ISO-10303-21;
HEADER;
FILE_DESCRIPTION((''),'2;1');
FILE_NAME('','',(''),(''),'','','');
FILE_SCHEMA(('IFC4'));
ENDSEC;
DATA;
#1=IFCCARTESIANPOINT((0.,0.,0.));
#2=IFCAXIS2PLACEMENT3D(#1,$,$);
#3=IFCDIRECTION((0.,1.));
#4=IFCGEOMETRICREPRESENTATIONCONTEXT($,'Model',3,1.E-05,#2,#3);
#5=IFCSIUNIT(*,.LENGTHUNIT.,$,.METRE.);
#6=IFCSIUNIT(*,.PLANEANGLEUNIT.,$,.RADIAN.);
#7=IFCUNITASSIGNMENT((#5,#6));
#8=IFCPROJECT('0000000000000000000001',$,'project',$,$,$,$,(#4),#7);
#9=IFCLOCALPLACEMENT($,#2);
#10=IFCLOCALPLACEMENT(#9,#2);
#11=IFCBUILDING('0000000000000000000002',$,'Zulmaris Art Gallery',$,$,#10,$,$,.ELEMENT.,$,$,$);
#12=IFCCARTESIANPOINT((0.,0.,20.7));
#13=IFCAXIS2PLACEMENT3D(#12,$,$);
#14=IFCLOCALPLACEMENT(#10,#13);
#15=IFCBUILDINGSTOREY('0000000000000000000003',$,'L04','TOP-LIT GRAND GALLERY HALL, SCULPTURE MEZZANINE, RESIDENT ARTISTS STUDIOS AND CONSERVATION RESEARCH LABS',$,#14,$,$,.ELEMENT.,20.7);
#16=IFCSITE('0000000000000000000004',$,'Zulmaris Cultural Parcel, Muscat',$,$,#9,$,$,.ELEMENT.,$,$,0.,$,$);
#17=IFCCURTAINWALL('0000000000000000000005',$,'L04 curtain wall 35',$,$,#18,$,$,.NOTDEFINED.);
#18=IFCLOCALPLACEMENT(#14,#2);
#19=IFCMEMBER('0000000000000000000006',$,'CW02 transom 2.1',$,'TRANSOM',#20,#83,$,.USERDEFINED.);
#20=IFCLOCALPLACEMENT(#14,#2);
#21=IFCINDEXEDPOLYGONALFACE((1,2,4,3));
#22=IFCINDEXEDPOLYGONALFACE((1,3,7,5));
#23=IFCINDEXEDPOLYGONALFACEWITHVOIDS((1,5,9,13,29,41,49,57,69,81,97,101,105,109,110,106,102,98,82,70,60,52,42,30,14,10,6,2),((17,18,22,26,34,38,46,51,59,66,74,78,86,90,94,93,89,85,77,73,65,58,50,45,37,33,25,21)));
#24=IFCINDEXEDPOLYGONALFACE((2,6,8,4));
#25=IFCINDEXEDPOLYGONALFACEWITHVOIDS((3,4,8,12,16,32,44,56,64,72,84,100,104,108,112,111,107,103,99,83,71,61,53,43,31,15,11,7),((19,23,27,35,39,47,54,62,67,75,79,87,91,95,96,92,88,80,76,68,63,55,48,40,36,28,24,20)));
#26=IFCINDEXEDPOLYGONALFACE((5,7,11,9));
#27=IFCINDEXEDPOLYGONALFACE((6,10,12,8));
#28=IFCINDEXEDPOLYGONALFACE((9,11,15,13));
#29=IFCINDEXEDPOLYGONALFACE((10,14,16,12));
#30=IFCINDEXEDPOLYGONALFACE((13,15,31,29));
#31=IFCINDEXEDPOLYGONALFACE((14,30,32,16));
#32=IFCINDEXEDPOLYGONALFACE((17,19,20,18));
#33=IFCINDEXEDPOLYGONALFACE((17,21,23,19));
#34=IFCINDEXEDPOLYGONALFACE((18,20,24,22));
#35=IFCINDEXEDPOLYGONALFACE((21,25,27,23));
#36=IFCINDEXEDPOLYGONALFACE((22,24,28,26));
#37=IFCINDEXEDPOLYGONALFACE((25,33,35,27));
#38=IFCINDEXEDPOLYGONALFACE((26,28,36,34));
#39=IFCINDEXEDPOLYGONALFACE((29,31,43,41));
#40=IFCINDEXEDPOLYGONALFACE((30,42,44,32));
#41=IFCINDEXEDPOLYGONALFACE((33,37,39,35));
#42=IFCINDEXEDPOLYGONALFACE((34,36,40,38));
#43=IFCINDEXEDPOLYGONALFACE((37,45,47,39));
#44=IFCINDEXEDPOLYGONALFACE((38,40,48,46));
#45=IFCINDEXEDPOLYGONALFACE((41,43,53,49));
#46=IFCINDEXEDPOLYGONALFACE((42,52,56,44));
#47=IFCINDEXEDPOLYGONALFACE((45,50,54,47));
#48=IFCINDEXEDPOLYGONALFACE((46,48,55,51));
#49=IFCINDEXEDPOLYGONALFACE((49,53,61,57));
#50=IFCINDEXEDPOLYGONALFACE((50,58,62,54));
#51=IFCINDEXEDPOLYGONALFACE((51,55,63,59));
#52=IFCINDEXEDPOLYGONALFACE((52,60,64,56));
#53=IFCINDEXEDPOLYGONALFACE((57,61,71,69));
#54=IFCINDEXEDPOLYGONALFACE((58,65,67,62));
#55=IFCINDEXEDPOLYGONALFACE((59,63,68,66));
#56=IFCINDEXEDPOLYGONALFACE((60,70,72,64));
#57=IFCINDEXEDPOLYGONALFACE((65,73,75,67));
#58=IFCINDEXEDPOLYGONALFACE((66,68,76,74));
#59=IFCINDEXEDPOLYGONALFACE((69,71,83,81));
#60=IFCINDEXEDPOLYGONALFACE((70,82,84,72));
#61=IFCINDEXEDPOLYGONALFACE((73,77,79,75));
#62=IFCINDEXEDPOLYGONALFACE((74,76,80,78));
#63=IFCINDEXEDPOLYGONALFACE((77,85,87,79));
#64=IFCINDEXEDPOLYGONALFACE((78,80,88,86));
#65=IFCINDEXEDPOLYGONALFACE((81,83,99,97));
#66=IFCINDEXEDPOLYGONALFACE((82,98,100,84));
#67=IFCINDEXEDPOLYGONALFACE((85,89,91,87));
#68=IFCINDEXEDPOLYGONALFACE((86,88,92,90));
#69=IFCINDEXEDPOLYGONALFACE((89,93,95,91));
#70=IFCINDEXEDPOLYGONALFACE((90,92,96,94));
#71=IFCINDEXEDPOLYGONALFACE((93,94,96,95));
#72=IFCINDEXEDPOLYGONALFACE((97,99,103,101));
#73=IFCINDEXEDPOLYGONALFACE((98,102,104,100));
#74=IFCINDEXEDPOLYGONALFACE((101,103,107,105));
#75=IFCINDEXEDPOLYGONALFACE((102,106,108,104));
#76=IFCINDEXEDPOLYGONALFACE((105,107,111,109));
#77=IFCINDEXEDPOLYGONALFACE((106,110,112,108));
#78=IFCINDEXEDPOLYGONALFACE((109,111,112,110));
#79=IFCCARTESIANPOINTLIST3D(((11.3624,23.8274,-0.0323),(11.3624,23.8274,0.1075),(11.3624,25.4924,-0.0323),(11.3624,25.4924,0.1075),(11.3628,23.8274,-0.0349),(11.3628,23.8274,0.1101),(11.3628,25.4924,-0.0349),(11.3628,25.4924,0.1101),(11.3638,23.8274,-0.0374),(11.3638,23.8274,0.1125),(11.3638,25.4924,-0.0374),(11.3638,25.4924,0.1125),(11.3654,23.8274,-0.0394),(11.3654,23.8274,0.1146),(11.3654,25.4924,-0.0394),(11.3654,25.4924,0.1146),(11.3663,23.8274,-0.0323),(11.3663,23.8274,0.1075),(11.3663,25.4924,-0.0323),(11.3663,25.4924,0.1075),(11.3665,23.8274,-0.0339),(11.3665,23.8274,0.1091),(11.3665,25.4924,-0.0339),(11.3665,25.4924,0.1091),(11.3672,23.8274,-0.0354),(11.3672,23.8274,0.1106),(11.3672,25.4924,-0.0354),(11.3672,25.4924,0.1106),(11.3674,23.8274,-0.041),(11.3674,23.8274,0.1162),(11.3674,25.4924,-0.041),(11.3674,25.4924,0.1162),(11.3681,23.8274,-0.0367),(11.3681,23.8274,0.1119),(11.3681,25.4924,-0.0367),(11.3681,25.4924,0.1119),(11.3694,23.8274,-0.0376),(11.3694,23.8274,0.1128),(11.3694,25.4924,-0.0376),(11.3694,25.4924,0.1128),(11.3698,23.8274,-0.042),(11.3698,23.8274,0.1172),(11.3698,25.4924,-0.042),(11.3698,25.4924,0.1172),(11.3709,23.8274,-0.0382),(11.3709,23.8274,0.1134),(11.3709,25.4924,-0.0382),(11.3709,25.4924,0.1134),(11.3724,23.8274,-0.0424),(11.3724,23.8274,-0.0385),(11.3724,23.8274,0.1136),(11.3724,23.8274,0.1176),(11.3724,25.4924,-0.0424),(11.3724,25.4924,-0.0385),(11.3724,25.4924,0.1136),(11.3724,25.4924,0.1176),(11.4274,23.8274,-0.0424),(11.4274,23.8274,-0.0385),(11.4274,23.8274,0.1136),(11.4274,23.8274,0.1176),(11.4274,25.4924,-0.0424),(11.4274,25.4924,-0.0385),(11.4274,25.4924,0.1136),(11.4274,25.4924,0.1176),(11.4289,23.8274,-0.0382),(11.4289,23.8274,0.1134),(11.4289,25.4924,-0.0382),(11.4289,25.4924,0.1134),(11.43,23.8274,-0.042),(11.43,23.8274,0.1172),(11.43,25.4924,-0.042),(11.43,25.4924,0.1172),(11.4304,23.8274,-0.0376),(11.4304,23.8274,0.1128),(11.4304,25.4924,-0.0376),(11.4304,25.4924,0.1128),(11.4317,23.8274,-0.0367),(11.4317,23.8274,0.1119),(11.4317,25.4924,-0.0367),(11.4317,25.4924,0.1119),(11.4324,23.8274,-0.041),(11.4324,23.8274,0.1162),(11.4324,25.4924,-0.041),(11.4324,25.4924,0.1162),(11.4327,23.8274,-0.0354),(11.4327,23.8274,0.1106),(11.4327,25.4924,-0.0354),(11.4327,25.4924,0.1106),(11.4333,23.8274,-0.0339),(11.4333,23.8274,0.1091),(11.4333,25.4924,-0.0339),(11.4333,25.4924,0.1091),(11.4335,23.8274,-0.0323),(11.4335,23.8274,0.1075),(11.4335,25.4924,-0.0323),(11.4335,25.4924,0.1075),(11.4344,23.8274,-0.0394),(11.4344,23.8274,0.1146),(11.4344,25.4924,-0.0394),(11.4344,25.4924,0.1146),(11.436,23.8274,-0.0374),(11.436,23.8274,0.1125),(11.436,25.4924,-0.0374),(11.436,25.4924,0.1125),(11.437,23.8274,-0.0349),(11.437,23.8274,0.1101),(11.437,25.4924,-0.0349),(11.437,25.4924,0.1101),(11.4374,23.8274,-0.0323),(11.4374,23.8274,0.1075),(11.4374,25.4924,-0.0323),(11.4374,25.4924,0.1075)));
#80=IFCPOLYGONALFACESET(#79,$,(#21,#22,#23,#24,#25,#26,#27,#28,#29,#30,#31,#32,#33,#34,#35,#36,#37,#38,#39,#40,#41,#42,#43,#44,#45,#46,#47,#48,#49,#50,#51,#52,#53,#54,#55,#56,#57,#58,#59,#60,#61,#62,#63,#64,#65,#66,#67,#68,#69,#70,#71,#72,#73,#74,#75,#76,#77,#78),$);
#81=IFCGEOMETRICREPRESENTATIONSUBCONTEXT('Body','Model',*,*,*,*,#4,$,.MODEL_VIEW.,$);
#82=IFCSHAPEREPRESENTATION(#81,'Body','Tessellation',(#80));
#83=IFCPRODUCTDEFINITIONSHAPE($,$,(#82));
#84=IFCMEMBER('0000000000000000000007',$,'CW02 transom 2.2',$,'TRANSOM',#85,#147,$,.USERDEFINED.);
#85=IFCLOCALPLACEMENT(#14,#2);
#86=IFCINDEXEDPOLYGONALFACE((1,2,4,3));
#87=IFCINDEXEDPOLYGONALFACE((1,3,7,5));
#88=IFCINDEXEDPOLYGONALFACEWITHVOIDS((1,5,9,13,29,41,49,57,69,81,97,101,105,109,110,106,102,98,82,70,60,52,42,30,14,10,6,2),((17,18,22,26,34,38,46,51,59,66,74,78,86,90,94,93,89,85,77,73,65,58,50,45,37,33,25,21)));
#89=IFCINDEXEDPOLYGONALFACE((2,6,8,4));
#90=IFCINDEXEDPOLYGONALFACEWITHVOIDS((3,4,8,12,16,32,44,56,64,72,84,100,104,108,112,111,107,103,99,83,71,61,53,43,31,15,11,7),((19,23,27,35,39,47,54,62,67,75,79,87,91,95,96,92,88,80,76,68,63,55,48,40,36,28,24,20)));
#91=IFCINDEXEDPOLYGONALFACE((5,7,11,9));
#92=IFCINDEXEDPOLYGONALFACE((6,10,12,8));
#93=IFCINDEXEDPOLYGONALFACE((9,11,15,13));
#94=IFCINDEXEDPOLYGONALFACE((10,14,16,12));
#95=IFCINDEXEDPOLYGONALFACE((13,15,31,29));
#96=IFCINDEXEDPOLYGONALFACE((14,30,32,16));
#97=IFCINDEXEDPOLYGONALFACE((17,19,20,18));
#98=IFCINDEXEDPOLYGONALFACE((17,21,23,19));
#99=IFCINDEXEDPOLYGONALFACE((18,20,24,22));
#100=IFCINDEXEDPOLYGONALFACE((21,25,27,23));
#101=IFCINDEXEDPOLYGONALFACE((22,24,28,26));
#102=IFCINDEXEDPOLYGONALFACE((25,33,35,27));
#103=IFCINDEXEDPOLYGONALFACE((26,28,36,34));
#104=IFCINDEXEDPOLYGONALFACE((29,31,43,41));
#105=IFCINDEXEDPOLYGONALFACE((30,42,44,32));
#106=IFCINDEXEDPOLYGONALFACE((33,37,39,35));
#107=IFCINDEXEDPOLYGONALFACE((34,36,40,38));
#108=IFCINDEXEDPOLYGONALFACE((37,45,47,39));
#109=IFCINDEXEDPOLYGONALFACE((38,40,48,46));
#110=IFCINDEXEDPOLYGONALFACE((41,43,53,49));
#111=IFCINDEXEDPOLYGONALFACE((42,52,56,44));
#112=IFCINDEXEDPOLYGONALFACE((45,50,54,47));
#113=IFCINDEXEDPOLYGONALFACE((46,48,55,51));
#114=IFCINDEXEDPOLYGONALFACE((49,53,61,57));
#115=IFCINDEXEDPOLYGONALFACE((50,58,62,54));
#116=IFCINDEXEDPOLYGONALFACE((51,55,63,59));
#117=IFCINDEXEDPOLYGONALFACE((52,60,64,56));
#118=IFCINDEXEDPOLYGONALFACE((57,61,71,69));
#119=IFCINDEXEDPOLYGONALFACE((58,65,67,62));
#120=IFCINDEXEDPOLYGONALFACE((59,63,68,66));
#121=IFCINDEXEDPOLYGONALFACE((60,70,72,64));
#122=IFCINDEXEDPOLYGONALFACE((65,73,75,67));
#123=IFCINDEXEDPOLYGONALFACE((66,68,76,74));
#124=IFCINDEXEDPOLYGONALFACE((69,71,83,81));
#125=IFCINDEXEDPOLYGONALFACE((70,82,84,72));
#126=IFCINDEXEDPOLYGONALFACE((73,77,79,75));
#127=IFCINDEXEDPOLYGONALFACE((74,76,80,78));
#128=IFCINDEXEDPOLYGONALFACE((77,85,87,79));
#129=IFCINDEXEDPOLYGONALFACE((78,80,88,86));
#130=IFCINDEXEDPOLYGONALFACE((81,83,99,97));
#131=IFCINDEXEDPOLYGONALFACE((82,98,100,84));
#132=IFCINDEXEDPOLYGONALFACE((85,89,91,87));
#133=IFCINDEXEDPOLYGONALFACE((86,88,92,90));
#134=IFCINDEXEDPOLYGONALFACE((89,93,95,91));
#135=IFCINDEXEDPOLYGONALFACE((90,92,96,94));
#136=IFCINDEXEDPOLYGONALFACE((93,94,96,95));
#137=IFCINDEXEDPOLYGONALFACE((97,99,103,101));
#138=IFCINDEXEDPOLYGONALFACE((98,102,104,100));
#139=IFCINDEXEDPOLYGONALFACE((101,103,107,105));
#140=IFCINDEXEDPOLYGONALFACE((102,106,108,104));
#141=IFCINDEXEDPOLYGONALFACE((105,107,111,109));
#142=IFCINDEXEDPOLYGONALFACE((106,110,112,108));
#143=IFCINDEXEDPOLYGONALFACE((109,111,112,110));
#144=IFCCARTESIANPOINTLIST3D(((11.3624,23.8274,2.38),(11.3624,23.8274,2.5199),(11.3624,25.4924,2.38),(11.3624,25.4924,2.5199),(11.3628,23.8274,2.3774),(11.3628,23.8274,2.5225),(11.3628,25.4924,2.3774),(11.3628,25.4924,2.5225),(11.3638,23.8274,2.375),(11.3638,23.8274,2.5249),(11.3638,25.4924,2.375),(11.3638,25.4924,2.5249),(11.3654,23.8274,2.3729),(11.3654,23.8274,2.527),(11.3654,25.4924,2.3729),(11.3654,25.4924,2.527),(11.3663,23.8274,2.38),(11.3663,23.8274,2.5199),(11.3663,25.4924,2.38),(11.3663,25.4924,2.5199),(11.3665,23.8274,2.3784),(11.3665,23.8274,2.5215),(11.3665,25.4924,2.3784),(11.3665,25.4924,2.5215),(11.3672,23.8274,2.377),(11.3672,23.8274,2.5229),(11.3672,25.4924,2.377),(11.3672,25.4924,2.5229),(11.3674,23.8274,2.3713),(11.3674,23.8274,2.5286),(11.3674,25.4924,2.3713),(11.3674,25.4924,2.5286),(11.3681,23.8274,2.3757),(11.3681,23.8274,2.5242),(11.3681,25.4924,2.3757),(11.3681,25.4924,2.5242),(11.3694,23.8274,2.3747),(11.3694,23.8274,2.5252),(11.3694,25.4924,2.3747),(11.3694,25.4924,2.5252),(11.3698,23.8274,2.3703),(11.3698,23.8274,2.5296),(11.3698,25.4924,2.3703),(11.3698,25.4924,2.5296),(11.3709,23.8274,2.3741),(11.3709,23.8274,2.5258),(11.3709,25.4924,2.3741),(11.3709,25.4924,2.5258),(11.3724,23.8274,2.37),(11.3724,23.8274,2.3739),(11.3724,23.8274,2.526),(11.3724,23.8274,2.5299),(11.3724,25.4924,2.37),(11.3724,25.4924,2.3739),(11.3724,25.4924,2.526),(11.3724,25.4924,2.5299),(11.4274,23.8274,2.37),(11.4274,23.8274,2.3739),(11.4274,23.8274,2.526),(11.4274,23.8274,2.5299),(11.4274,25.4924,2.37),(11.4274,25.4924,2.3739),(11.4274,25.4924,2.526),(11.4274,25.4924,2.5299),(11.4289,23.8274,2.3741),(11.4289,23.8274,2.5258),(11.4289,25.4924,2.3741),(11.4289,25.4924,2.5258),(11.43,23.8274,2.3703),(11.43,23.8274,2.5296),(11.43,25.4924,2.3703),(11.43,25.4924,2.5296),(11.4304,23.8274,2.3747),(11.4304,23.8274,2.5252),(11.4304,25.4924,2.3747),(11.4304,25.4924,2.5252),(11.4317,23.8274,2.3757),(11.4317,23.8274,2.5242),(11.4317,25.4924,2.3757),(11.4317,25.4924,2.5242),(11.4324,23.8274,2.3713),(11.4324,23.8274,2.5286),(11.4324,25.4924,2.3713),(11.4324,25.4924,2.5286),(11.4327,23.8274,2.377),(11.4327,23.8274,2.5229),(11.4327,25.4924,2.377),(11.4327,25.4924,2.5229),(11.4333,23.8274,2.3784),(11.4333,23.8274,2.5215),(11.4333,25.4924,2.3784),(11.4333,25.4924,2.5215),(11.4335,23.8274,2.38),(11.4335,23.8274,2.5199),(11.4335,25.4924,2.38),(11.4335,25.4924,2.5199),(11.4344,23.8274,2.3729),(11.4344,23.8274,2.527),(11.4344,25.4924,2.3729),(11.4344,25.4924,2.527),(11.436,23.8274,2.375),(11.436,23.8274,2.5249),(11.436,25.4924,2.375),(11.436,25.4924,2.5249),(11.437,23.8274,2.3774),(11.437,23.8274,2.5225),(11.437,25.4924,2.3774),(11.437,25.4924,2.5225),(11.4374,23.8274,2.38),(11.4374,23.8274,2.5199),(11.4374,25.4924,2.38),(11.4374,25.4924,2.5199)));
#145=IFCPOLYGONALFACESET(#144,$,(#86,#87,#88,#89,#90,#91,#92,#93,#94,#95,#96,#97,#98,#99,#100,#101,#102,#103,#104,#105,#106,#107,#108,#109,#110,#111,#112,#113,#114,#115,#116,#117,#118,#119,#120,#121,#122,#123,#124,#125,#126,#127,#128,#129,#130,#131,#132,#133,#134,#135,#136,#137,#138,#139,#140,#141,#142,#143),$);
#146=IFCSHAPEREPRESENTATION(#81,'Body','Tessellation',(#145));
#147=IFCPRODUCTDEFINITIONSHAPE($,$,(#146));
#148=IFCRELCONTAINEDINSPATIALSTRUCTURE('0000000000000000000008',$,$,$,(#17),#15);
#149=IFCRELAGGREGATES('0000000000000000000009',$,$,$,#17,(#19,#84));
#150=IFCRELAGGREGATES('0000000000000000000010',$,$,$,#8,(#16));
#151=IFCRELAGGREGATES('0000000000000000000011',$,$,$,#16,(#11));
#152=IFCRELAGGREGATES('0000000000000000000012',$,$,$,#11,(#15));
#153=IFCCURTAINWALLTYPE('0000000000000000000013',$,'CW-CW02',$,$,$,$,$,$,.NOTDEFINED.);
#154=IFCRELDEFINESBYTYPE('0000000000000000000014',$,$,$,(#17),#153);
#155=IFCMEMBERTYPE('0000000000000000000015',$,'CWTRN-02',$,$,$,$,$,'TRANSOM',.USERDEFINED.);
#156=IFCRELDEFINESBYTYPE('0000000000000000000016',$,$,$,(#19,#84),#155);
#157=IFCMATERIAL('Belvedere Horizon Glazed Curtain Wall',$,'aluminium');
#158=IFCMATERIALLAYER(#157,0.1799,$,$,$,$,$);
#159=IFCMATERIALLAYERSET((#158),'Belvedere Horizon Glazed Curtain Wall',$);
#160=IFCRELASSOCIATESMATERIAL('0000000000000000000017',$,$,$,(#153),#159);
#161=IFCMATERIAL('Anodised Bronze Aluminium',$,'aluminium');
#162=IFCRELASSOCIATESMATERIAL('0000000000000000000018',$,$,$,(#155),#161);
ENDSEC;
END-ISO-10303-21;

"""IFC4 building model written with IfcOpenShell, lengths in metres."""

from ifc_helpers import new_model, si_unit, direction, frame, origin, origin_2d, place, context, subcontext, project, spatial, hollow_rectangle, extrude, material, layer, layer_set, material_profile, profile_set, type_object, element, aggregate, save


model = new_model("IFC4")

# Units and contexts
model_context = context("Model", 3, precision=1e-05, world=origin(), true_north=direction((0.0, 1.0)))
body_context = subcontext(model_context, "Body", "Model", "MODEL_VIEW")
ifc_project = project(units=[si_unit("LENGTHUNIT", "METRE"), si_unit("PLANEANGLEUNIT", "RADIAN")], contexts=[model_context])

# Site, building, storey
site_placement = place(None, origin())
site = spatial("IfcSite", under=ifc_project, at=site_placement, Name="Zulmaris Cultural Parcel, Muscat", CompositionType="ELEMENT", RefElevation=0.0)
building_placement = place(site_placement, origin())
building = spatial("IfcBuilding", under=site, at=building_placement, Name="Zulmaris Art Gallery", CompositionType="ELEMENT")
storey_placement = place(building_placement, frame((0.0, 0.0, 20.7)))
storey = spatial("IfcBuildingStorey", under=building, at=storey_placement, Name="L04", Description="TOP-LIT GRAND GALLERY HALL, SCULPTURE MEZZANINE, RESIDENT ARTISTS STUDIOS AND CONSERVATION RESEARCH LABS", CompositionType="ELEMENT", Elevation=20.7)

# Curtain wall, members
ifc_material_1 = material(Name="Belvedere Horizon Glazed Curtain Wall", Category="aluminium")
ifc_layer_1 = layer(ifc_material_1, 0.1799)
ifc_layer_set_1 = layer_set([ifc_layer_1], Name="Belvedere Horizon Glazed Curtain Wall")
curtain_wall_type = type_object("IfcCurtainWallType", Name="CW-CW02", PredefinedType="NOTDEFINED", material=ifc_layer_set_1)
curtain_wall_placement = place(storey_placement, origin())
curtain_wall = element("IfcCurtainWall", 1, at=curtain_wall_placement, inside=storey, type_object=curtain_wall_type, Name="L04 curtain wall 35", PredefinedType="NOTDEFINED")
ifc_material_2 = material(Name="Anodised Bronze Aluminium", Category="aluminium")
ifc_material_profile_1 = material_profile(ifc_material_2, hollow_rectangle(XDim=0.075, YDim=0.1599, WallThickness=0.0039, InnerFilletRadius=0.0061, OuterFilletRadius=0.01, at=origin_2d()), Name="ALU 75x160x4")
ifc_profile_set_1 = profile_set([ifc_material_profile_1], Name="Anodised Bronze Aluminium")
member_type_1 = type_object("IfcMemberType", Name="CWTRN-02", ElementType="TRANSOM", PredefinedType="USERDEFINED", material=ifc_profile_set_1)
member_1_placement = place(storey_placement, frame((11.3999, 23.8274, 0.0376), z_axis=(0.0, 1.0, 0.0), x_axis=(-1.0, 0.0, 0.0)))
member_1 = element("IfcMember", 2, at=member_1_placement, type_object=member_type_1, Name="CW02 transom 2.1", ObjectType="TRANSOM", PredefinedType="USERDEFINED", context=body_context, shape_type="SweptSolid", body=[
    extrude(hollow_rectangle(XDim=0.075, YDim=0.1599, WallThickness=0.0039, InnerFilletRadius=0.0061, OuterFilletRadius=0.01, at=origin_2d()), origin(), (0.0, 0.0, 1.0), 1.665),
])
member_2_placement = place(storey_placement, frame((11.3999, 23.8274, 2.45), z_axis=(0.0, 1.0, 0.0), x_axis=(-1.0, 0.0, 0.0)))
member_2 = element("IfcMember", 3, at=member_2_placement, type_object=member_type_1, Name="CW02 transom 2.2", ObjectType="TRANSOM", PredefinedType="USERDEFINED", context=body_context, shape_type="SweptSolid", body=[
    extrude(hollow_rectangle(XDim=0.075, YDim=0.1599, WallThickness=0.0039, InnerFilletRadius=0.0061, OuterFilletRadius=0.01, at=origin_2d()), origin(), (0.0, 0.0, 1.0), 1.665),
])

aggregate(curtain_wall, [member_1, member_2])

save(model, "model.ifc")
